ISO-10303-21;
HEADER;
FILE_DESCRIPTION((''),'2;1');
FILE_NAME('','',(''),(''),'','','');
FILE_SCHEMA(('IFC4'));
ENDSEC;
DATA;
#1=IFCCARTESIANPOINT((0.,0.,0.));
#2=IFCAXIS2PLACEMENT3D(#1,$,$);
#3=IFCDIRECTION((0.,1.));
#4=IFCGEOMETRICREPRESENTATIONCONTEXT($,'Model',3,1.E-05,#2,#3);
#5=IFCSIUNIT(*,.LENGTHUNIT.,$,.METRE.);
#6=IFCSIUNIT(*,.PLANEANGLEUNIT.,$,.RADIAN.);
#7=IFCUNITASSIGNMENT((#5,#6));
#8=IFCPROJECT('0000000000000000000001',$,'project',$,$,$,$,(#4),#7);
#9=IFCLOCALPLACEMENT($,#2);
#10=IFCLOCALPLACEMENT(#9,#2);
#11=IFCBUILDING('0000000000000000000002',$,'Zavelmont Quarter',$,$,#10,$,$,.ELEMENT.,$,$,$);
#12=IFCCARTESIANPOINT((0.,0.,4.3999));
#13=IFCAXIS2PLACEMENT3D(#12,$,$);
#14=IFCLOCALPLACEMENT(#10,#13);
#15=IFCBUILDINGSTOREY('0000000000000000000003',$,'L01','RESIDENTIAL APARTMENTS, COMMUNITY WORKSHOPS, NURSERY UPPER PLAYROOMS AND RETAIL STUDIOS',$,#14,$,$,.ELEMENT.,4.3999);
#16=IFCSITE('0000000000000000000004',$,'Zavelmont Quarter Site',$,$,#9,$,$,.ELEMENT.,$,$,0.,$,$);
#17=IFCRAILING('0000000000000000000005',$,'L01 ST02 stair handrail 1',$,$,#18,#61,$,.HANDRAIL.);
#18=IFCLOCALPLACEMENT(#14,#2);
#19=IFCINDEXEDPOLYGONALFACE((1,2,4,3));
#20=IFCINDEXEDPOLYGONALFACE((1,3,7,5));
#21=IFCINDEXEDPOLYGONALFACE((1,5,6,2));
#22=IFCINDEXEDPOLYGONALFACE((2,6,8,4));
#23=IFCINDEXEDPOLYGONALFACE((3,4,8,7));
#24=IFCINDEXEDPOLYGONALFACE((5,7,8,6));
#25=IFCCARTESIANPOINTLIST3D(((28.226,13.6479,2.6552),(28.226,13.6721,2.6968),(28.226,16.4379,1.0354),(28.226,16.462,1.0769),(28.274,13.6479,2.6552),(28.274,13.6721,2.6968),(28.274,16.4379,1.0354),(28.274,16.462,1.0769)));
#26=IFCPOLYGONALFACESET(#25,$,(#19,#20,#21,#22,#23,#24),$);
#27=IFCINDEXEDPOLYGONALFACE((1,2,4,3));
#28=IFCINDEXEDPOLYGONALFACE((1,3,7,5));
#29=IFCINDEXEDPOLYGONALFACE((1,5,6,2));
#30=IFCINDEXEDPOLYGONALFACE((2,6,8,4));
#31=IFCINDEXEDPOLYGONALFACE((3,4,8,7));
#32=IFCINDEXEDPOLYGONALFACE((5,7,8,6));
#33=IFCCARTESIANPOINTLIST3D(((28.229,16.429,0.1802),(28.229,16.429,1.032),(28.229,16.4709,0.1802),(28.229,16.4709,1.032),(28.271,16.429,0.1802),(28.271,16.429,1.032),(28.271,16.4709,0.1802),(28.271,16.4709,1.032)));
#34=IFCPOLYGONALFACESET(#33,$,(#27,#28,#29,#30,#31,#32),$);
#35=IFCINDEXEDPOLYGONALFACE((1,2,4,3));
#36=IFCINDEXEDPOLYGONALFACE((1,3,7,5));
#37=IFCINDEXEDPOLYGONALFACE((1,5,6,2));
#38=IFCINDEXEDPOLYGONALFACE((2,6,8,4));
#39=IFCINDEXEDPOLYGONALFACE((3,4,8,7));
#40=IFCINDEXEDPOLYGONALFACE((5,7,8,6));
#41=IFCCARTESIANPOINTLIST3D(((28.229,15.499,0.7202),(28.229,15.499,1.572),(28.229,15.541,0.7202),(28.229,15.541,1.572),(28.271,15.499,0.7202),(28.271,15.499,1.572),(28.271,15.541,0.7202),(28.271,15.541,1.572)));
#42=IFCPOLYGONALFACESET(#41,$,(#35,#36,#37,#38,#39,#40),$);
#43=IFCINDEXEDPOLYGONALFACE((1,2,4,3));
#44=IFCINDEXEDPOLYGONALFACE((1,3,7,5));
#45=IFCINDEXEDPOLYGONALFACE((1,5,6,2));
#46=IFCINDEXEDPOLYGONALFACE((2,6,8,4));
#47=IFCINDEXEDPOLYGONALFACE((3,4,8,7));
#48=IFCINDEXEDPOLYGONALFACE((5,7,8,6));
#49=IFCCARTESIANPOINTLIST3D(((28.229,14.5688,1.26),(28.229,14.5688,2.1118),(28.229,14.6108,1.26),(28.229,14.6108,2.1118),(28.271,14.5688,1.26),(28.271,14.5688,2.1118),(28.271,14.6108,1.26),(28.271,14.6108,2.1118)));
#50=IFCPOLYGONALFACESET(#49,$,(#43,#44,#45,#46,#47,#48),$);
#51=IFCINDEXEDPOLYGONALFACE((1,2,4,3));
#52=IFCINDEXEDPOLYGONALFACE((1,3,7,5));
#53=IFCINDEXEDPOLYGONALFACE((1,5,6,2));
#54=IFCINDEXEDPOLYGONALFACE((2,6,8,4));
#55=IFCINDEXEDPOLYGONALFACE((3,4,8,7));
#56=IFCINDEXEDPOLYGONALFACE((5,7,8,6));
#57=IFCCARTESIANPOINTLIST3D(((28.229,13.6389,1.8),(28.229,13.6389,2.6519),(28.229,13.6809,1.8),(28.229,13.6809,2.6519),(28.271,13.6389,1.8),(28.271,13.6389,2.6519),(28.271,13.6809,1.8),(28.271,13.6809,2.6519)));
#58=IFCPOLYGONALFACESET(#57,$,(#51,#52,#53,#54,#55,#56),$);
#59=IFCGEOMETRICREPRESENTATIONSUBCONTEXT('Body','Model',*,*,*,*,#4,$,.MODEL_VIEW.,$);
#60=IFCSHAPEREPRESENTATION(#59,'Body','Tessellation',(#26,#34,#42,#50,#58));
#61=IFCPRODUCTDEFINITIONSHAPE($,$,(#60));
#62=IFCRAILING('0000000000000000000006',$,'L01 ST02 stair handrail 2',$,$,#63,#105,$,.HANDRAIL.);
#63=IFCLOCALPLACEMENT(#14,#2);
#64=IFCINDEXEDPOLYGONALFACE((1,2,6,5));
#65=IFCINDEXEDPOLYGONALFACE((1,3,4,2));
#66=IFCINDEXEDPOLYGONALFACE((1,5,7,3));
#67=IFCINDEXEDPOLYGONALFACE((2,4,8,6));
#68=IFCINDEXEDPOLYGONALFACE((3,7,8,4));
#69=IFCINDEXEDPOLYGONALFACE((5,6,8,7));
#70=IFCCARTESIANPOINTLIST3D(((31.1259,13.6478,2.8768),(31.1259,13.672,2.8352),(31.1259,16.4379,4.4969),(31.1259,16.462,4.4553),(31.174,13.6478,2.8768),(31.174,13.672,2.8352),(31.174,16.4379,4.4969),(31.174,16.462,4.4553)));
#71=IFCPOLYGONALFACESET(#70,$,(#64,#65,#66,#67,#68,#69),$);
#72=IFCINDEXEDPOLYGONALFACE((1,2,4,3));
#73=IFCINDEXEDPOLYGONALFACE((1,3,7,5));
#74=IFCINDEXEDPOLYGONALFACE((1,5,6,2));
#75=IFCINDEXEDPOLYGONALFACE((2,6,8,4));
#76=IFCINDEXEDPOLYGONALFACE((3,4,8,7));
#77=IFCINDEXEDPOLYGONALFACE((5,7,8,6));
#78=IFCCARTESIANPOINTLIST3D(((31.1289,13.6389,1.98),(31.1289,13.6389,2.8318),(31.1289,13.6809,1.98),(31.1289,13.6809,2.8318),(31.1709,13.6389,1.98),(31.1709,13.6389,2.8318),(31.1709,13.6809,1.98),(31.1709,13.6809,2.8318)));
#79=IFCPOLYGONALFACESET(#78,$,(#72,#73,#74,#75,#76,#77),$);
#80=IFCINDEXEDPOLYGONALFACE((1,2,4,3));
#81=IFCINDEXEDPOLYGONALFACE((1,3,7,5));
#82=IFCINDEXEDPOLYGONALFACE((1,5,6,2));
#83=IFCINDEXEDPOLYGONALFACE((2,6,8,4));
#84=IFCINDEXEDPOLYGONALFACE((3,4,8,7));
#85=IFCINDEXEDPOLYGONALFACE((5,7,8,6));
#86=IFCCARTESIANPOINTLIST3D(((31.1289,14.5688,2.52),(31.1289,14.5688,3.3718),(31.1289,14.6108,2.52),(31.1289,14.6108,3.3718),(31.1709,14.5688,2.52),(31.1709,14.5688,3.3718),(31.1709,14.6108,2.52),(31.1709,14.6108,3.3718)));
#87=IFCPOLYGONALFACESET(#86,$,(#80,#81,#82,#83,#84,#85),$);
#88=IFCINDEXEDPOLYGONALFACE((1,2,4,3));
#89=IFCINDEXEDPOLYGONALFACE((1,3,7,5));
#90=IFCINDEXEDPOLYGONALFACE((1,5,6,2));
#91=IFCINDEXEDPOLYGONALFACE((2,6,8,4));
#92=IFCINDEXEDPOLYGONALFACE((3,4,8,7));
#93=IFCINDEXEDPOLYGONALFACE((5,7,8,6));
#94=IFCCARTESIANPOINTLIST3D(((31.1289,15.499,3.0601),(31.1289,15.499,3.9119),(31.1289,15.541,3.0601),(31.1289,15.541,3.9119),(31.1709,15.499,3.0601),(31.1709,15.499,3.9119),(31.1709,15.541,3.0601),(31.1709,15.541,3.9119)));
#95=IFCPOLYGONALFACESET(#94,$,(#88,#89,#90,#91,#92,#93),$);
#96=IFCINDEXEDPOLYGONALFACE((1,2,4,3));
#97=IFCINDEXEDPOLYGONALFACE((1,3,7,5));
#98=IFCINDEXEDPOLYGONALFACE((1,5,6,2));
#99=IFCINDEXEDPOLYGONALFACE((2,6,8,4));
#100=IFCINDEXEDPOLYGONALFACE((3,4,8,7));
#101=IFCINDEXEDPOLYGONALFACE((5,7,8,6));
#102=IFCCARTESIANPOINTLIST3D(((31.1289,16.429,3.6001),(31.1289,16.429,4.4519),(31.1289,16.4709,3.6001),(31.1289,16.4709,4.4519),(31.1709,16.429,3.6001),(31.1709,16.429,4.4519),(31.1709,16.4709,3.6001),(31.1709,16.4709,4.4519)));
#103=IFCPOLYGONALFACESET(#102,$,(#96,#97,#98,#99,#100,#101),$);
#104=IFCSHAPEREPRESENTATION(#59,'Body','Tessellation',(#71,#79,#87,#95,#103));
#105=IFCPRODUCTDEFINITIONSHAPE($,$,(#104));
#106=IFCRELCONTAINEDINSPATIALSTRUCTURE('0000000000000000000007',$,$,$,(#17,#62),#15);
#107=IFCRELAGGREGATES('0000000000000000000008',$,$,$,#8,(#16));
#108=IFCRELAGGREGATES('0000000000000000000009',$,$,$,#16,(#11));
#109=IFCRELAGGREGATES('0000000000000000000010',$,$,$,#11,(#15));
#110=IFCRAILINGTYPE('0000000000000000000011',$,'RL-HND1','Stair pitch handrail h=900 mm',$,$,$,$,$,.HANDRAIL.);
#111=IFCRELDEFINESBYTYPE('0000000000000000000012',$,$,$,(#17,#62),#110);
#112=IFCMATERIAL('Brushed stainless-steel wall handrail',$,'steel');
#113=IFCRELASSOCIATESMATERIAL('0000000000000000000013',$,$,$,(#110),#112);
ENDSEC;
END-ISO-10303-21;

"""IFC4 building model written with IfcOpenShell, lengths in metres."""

from ifc_helpers import new_model, si_unit, direction, frame, origin, origin_2d, place, context, subcontext, project, spatial, rectangle, extrude, material, type_object, element, save


model = new_model("IFC4")

# Units and contexts
model_context = context("Model", 3, precision=1e-05, world=origin(), true_north=direction((0.0, 1.0)))
body_context = subcontext(model_context, "Body", "Model", "MODEL_VIEW")
ifc_project = project(units=[si_unit("LENGTHUNIT", "METRE"), si_unit("PLANEANGLEUNIT", "RADIAN")], contexts=[model_context])

# Site, building, storey
site_placement = place(None, origin())
site = spatial("IfcSite", under=ifc_project, at=site_placement, Name="Zavelmont Quarter Site", CompositionType="ELEMENT", RefElevation=0.0)
building_placement = place(site_placement, origin())
building = spatial("IfcBuilding", under=site, at=building_placement, Name="Zavelmont Quarter", CompositionType="ELEMENT")
storey_placement = place(building_placement, frame((0.0, 0.0, 4.3999)))
storey = spatial("IfcBuildingStorey", under=building, at=storey_placement, Name="L01", Description="RESIDENTIAL APARTMENTS, COMMUNITY WORKSHOPS, NURSERY UPPER PLAYROOMS AND RETAIL STUDIOS", CompositionType="ELEMENT", Elevation=4.3999)

# Railings
ifc_material_1 = material(Name="Brushed stainless-steel wall handrail", Category="steel")
railing_type_1 = type_object("IfcRailingType", Name="RL-HND1", Description="Stair pitch handrail h=900 mm", PredefinedType="HANDRAIL", material=ifc_material_1)
railing_1_placement = place(storey_placement, frame((28.25, 16.45, 0.1802)))
element("IfcRailing", 1, at=railing_1_placement, inside=storey, type_object=railing_type_1, Name="L01 ST02 stair handrail 1", PredefinedType="HANDRAIL", context=body_context, shape_type="SweptSolid", body=[
    extrude(rectangle(XDim=0.0481, YDim=0.0481, at=origin_2d()), frame((0.0, 0.0, 0.876), z_axis=(0.0, -0.864809, 0.502101), x_axis=(1.0, 0.0, 0.0)), (0.0, 0.0, 1.0), 3.2261),
    extrude(rectangle(XDim=0.042, YDim=0.042, at=origin_2d()), origin(), (0.0, 0.0, 1.0), 0.8518),
    extrude(rectangle(XDim=0.042, YDim=0.042, at=origin_2d()), frame((0.0, -0.9299, 0.54)), (0.0, 0.0, 1.0), 0.8518),
    extrude(rectangle(XDim=0.042, YDim=0.042, at=origin_2d()), frame((0.0, -1.8601, 1.0798)), (0.0, 0.0, 1.0), 0.8518),
    extrude(rectangle(XDim=0.042, YDim=0.042, at=origin_2d()), frame((0.0, -2.79, 1.6199)), (0.0, 0.0, 1.0), 0.8518),
])
railing_2_placement = place(storey_placement, frame((31.1499, 13.6599, 1.98)))
element("IfcRailing", 2, at=railing_2_placement, inside=storey, type_object=railing_type_1, Name="L01 ST02 stair handrail 2", PredefinedType="HANDRAIL", context=body_context, shape_type="SweptSolid", body=[
    extrude(rectangle(XDim=0.0481, YDim=0.0481, at=origin_2d()), frame((0.0, 0.0, 0.876), z_axis=(0.0, 0.864776, 0.502157), x_axis=(-1.0, 0.0, 0.0)), (0.0, 0.0, 1.0), 3.2263),
    extrude(rectangle(XDim=0.042, YDim=0.042, at=origin_2d()), origin(), (0.0, 0.0, 1.0), 0.8518),
    extrude(rectangle(XDim=0.042, YDim=0.042, at=origin_2d()), frame((0.0, 0.9299, 0.54)), (0.0, 0.0, 1.0), 0.8518),
    extrude(rectangle(XDim=0.042, YDim=0.042, at=origin_2d()), frame((0.0, 1.8601, 1.0801)), (0.0, 0.0, 1.0), 0.8518),
    extrude(rectangle(XDim=0.042, YDim=0.042, at=origin_2d()), frame((0.0, 2.79, 1.6201)), (0.0, 0.0, 1.0), 0.8518),
])

save(model, "model.ifc")
